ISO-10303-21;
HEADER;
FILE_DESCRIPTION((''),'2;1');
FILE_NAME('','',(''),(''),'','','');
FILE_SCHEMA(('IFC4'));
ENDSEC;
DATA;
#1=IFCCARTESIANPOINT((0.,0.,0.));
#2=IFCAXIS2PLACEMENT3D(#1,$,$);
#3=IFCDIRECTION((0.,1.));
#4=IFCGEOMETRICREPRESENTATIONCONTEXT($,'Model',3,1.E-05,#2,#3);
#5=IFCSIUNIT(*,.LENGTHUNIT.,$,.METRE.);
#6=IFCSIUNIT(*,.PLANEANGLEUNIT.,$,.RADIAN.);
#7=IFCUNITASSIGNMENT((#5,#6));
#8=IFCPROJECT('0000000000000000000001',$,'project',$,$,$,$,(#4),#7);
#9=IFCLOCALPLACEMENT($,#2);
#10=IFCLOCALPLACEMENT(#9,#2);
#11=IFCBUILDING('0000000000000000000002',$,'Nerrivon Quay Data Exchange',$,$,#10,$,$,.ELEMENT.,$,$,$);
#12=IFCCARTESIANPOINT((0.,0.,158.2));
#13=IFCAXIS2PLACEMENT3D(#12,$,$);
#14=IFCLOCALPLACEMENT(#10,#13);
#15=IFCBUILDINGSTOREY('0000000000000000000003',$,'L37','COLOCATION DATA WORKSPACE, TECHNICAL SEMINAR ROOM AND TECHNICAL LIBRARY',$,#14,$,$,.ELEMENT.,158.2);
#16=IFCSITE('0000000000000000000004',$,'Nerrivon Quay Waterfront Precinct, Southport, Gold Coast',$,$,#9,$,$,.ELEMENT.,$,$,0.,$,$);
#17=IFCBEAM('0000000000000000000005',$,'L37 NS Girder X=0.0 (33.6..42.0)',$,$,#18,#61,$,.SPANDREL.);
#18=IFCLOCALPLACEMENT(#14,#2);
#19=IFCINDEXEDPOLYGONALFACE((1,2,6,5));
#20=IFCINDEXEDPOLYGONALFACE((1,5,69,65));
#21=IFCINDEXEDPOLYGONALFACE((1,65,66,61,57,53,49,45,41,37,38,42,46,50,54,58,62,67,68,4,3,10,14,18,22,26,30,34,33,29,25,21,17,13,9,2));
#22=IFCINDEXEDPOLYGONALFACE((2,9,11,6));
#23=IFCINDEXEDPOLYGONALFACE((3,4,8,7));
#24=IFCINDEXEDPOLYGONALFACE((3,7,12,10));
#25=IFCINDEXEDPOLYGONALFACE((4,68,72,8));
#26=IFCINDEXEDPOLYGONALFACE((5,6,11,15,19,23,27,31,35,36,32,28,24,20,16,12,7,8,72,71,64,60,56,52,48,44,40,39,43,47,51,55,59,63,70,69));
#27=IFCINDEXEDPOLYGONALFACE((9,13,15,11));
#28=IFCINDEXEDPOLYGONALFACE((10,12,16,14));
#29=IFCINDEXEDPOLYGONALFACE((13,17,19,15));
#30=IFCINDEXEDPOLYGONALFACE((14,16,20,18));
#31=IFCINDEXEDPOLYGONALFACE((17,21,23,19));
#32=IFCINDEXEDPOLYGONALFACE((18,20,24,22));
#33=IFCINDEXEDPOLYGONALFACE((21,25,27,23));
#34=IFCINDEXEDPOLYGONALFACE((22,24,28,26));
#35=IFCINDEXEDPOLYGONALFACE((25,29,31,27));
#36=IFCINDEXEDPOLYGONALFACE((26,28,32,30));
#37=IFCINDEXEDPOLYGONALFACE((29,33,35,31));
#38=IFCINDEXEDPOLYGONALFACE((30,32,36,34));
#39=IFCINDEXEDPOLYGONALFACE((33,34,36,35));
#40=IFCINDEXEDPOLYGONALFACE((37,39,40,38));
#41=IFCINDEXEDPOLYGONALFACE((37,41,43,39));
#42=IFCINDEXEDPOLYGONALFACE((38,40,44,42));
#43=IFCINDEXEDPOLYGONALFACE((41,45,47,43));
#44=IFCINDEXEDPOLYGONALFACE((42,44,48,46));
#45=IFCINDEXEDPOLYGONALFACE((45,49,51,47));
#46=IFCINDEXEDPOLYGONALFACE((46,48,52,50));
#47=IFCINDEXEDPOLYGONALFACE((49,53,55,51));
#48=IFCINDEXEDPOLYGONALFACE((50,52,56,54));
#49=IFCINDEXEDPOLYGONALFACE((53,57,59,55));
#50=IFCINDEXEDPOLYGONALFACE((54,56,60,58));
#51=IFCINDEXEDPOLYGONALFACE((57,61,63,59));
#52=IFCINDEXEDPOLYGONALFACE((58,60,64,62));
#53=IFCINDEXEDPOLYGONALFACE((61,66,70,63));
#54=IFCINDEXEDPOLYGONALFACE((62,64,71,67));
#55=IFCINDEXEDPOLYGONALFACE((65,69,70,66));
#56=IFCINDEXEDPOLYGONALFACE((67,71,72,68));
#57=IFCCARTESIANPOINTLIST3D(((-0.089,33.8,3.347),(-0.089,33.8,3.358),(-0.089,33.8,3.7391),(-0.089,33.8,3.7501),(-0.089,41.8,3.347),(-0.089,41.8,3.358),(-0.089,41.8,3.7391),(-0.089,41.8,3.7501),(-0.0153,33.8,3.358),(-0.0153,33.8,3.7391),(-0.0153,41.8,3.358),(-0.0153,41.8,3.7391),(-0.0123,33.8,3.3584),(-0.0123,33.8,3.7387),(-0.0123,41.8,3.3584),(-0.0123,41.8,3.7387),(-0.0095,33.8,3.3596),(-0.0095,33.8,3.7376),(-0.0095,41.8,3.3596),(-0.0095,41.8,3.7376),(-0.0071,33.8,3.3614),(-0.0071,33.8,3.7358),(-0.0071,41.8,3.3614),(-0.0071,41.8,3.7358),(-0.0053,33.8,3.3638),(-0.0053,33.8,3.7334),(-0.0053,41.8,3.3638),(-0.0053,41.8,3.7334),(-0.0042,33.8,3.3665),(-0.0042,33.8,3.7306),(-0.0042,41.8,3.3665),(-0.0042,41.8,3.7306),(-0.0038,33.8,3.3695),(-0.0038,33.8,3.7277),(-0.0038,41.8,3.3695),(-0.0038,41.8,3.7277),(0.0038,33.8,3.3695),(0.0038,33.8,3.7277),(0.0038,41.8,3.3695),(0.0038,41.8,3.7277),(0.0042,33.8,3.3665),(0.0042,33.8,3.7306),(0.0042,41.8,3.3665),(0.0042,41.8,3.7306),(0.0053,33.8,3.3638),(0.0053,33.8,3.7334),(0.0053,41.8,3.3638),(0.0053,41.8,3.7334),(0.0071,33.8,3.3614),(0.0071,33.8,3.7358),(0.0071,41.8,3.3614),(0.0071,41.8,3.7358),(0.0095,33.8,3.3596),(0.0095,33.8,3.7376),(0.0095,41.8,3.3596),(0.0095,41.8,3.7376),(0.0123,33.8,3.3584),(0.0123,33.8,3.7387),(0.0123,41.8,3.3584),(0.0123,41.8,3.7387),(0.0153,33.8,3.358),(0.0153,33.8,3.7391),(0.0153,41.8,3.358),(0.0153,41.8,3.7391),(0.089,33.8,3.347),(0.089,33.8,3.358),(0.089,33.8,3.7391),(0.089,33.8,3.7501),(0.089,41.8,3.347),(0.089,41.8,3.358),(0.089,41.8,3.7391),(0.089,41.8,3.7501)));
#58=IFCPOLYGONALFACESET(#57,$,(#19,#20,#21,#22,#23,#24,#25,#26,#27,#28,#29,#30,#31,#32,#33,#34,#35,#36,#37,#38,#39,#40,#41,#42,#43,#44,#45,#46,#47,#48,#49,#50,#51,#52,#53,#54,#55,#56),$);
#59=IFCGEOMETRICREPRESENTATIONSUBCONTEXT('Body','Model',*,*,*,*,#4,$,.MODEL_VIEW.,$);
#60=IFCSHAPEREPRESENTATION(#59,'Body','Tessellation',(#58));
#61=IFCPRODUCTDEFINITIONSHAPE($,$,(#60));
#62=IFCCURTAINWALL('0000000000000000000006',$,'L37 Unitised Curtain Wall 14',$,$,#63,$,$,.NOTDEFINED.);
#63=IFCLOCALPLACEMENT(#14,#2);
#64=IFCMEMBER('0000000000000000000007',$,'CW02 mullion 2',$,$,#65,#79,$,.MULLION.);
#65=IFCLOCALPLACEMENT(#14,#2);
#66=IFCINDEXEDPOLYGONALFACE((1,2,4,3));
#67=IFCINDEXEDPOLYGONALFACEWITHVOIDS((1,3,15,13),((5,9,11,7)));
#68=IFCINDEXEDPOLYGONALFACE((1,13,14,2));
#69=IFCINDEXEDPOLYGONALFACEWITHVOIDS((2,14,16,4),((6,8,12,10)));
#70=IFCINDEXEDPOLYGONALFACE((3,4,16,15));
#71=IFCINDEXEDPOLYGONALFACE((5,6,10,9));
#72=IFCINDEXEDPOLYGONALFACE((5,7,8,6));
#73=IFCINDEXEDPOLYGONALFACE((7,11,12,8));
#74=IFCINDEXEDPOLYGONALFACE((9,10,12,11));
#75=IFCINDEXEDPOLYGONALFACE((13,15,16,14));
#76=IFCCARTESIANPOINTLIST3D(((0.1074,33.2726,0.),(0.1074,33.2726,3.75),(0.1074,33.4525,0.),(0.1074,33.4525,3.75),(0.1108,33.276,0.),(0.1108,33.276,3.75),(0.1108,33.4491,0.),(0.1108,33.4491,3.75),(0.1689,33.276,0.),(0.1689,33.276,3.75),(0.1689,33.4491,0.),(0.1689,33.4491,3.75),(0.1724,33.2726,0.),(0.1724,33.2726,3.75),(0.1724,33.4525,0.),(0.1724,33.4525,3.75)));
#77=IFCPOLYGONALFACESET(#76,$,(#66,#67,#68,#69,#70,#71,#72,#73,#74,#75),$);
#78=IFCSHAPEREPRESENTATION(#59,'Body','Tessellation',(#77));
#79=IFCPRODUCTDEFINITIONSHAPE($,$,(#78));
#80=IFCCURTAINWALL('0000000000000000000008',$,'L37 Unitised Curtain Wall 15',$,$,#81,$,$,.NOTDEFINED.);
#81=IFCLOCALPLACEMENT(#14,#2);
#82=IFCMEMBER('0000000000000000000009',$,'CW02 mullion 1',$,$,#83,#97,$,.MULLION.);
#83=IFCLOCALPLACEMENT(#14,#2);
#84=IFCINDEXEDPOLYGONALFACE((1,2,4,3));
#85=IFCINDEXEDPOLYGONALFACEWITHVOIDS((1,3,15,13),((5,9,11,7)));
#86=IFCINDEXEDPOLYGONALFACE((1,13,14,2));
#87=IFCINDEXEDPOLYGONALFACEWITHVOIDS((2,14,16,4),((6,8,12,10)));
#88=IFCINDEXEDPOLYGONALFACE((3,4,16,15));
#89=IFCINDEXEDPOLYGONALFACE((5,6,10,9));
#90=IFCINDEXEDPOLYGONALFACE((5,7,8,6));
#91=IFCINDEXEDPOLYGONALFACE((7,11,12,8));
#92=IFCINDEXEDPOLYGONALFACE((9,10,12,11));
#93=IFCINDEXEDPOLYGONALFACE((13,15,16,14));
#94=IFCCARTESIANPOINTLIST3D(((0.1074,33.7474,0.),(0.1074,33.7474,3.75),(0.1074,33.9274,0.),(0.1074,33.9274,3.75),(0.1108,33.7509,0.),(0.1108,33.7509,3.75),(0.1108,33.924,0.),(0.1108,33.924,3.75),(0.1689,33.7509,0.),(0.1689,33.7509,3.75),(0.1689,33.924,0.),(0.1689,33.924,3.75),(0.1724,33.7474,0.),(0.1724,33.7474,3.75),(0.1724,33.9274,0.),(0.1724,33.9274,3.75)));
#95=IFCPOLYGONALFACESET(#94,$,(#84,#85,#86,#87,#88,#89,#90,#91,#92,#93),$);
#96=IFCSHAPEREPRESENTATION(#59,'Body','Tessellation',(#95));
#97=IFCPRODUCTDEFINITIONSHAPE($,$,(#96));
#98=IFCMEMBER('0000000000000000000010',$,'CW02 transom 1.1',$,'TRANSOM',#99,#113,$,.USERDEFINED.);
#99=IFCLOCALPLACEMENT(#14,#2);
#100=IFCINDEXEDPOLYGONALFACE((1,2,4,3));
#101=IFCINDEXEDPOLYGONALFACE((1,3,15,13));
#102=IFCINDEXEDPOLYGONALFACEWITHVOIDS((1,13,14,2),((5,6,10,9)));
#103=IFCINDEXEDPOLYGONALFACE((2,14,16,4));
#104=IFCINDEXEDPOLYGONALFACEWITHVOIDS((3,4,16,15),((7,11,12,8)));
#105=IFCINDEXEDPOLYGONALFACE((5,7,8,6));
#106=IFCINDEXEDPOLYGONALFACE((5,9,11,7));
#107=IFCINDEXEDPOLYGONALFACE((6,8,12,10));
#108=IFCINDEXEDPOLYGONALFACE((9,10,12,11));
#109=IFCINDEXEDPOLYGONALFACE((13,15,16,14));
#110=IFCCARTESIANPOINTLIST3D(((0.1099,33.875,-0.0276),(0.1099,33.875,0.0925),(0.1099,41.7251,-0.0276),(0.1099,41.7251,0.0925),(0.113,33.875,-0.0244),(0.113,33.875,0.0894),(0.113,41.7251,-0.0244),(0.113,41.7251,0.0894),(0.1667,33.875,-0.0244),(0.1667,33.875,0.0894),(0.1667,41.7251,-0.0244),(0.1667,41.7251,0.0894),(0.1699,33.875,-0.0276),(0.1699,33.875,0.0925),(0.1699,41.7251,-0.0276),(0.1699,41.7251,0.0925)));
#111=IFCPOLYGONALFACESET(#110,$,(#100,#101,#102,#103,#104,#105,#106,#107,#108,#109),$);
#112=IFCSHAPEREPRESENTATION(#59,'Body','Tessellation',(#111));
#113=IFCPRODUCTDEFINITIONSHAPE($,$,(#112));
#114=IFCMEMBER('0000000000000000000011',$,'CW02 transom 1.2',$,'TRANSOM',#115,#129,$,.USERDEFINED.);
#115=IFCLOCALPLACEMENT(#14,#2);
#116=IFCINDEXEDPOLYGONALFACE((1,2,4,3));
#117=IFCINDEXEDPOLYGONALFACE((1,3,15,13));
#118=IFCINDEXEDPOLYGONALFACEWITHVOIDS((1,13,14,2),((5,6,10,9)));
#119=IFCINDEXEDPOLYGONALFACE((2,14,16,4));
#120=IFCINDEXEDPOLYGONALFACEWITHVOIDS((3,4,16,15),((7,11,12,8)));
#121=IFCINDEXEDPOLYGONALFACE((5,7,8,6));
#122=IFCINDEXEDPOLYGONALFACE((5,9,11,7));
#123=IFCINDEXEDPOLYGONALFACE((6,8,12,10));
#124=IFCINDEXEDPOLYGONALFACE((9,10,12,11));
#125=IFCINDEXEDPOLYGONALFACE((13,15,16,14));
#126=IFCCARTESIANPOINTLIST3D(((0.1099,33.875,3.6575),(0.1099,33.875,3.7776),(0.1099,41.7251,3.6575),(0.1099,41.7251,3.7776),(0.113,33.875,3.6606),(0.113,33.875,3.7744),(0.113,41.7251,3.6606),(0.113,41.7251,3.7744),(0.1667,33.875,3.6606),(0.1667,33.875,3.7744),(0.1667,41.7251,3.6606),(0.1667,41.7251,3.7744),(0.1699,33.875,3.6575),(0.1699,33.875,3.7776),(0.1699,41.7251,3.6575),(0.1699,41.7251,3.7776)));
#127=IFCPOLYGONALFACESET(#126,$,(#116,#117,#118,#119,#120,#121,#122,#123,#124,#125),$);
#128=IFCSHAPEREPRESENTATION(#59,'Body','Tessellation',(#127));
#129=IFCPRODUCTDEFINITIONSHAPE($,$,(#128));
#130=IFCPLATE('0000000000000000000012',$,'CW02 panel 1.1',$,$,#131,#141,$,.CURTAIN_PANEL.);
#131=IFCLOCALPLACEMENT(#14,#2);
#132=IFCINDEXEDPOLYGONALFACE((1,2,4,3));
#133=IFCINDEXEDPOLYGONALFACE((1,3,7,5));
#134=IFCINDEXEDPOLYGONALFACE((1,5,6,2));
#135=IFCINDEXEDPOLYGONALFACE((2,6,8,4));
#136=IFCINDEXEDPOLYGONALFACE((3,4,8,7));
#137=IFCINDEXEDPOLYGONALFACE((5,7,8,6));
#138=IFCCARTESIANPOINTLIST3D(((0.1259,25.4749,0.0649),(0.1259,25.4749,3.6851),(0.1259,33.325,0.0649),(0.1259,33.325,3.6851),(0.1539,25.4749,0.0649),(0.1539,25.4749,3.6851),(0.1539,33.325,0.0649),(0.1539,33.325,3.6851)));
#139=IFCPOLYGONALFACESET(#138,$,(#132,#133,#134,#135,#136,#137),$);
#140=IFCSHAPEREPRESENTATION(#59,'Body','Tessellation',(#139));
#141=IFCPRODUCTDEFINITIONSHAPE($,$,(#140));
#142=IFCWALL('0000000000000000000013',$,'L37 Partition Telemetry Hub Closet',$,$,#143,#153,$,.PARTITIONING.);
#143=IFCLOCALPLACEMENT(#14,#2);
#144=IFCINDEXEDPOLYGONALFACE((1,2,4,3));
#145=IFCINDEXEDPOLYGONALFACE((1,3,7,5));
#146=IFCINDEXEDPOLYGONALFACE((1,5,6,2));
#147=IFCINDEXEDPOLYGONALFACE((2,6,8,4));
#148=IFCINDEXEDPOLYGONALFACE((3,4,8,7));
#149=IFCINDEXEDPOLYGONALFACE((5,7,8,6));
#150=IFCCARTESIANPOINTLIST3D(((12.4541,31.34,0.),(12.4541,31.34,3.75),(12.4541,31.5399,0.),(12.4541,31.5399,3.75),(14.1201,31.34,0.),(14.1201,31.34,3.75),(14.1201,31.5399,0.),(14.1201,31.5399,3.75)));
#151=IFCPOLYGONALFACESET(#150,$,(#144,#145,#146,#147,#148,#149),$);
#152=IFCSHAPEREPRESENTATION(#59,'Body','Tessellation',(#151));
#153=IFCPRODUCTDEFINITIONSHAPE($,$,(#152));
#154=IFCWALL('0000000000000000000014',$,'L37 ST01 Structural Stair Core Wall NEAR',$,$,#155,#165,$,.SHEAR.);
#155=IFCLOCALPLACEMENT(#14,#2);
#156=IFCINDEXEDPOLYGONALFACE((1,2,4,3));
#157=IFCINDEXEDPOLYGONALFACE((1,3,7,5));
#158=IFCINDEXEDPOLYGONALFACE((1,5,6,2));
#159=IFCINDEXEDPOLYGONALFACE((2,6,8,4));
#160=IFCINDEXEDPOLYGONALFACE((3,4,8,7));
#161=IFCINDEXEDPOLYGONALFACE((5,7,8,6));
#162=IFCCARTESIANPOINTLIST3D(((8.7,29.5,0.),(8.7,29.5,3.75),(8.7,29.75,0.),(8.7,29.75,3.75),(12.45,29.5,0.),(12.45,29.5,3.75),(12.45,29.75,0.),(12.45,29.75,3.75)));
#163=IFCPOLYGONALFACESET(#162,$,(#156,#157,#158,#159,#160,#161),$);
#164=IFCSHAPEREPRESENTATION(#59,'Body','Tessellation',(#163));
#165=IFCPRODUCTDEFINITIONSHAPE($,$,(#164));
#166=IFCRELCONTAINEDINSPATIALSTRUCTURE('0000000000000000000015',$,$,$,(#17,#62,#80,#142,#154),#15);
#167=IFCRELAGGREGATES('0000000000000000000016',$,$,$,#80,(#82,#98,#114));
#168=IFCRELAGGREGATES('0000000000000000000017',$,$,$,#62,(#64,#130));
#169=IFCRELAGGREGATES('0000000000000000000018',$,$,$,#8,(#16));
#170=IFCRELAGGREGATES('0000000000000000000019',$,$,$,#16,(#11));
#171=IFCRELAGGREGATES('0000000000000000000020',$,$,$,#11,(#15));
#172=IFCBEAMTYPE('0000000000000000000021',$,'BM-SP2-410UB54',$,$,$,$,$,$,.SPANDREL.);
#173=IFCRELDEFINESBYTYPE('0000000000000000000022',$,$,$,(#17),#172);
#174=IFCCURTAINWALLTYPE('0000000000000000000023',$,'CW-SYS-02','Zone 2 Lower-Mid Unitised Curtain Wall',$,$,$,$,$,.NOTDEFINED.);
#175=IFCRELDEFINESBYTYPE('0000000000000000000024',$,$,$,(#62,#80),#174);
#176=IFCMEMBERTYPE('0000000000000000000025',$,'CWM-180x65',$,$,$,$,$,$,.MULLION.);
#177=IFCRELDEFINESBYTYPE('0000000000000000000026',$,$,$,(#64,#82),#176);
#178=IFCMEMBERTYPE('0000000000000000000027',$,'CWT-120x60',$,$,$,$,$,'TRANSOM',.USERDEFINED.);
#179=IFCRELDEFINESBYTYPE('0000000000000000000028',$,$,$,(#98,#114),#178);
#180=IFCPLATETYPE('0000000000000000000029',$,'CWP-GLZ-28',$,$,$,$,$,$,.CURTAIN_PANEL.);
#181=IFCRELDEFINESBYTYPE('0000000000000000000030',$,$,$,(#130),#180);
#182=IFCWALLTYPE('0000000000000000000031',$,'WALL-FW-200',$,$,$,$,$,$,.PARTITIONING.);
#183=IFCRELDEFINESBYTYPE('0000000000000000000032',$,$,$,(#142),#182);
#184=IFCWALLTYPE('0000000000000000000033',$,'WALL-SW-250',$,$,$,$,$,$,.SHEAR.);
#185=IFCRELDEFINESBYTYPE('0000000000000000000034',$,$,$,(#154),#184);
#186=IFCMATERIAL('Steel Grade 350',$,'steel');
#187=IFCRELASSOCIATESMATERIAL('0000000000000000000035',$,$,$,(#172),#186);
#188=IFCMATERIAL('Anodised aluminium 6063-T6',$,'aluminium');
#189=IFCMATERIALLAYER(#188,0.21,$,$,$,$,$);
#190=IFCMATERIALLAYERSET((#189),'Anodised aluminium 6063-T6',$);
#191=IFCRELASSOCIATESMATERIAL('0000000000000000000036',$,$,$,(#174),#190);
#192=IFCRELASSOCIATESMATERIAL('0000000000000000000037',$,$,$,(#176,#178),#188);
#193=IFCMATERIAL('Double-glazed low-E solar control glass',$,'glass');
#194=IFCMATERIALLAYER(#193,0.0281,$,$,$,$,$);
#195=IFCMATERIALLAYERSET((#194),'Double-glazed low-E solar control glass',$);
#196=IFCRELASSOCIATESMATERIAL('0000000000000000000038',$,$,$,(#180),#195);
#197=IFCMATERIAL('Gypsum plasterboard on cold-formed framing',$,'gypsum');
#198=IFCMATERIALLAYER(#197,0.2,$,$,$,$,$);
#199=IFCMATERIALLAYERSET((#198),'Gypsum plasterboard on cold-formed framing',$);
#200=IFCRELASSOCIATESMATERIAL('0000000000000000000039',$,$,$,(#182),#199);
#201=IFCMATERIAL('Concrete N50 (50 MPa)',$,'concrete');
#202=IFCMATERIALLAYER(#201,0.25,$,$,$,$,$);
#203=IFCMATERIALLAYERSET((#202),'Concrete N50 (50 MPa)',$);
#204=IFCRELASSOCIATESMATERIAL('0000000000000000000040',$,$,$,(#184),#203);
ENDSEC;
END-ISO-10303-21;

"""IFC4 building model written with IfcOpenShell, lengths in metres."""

from ifc_helpers import new_model, si_unit, direction, frame, frame_2d, origin, origin_2d, place, context, subcontext, project, spatial, rectangle, hollow_rectangle, i_section, extrude, material, layer, layer_set, material_profile, profile_set, type_object, element, aggregate, save


model = new_model("IFC4")

# Units and contexts
model_context = context("Model", 3, precision=1e-05, world=origin(), true_north=direction((0.0, 1.0)))
body_context = subcontext(model_context, "Body", "Model", "MODEL_VIEW")
ifc_project = project(units=[si_unit("LENGTHUNIT", "METRE"), si_unit("PLANEANGLEUNIT", "RADIAN")], contexts=[model_context])

# Site, building, storey
site_placement = place(None, origin())
site = spatial("IfcSite", under=ifc_project, at=site_placement, Name="Nerrivon Quay Waterfront Precinct, Southport, Gold Coast", CompositionType="ELEMENT", RefElevation=0.0)
building_placement = place(site_placement, origin())
building = spatial("IfcBuilding", under=site, at=building_placement, Name="Nerrivon Quay Data Exchange", CompositionType="ELEMENT")
storey_placement = place(building_placement, frame((0.0, 0.0, 158.2)))
storey = spatial("IfcBuildingStorey", under=building, at=storey_placement, Name="L37", Description="COLOCATION DATA WORKSPACE, TECHNICAL SEMINAR ROOM AND TECHNICAL LIBRARY", CompositionType="ELEMENT", Elevation=158.2)

# Shared definitions
ifc_material_1 = material(Name="Steel Grade 350", Category="steel")

# Beam
ifc_material_profile_1 = material_profile(ifc_material_1, i_section(OverallWidth=0.178, OverallDepth=0.4031, WebThickness=0.0076, FlangeThickness=0.011, FilletRadius=0.0115, at=origin_2d()), Name="410UB53.7")
ifc_profile_set_1 = profile_set([ifc_material_profile_1], Name="Steel Grade 350")
beam_type_1 = type_object("IfcBeamType", Name="BM-SP2-410UB54", PredefinedType="SPANDREL", material=ifc_profile_set_1)
beam_1_placement = place(storey_placement, frame((0.0, 33.8, 3.5486), z_axis=(0.0, 1.0, 0.0), x_axis=(-1.0, 0.0, 0.0)))
element("IfcBeam", 1, at=beam_1_placement, inside=storey, type_object=beam_type_1, Name="L37 NS Girder X=0.0 (33.6..42.0)", PredefinedType="SPANDREL", context=body_context, shape_type="SweptSolid", body=[
    extrude(i_section(OverallWidth=0.178, OverallDepth=0.4031, WebThickness=0.0076, FlangeThickness=0.011, FilletRadius=0.0115, at=origin_2d()), origin(), (0.0, 0.0, 1.0), 8.0),
])

# Curtain wall, member
ifc_material_2 = material(Name="Anodised aluminium 6063-T6", Category="aluminium")
ifc_layer_1 = layer(ifc_material_2, 0.21)
ifc_layer_set_1 = layer_set([ifc_layer_1], Name="Anodised aluminium 6063-T6")
curtain_wall_type = type_object("IfcCurtainWallType", Name="CW-SYS-02", Description="Zone 2 Lower-Mid Unitised Curtain Wall", PredefinedType="NOTDEFINED", material=ifc_layer_set_1)
curtain_wall_1_placement = place(storey_placement, origin())
curtain_wall_1 = element("IfcCurtainWall", 2, at=curtain_wall_1_placement, inside=storey, type_object=curtain_wall_type, Name="L37 Unitised Curtain Wall 14", PredefinedType="NOTDEFINED")
ifc_material_profile_2 = material_profile(ifc_material_2, hollow_rectangle(XDim=0.0649, YDim=0.1799, WallThickness=0.0034, at=origin_2d()), Name="ALU-MULL-180x65")
ifc_profile_set_2 = profile_set([ifc_material_profile_2], Name="Anodised aluminium 6063-T6")
member_type_1 = type_object("IfcMemberType", Name="CWM-180x65", PredefinedType="MULLION", material=ifc_profile_set_2)
member_1_placement = place(storey_placement, frame((0.1399, 33.3625, 0.0), z_axis=(0.0, 0.0, 1.0), x_axis=(-1.0, 0.0, 0.0)))
member_1 = element("IfcMember", 3, at=member_1_placement, type_object=member_type_1, Name="CW02 mullion 2", PredefinedType="MULLION", context=body_context, shape_type="SweptSolid", body=[
    extrude(hollow_rectangle(XDim=0.0649, YDim=0.1799, WallThickness=0.0034, at=origin_2d()), origin(), (0.0, 0.0, 1.0), 3.75),
])

# Curtain wall, members
curtain_wall_2_placement = place(storey_placement, origin())
curtain_wall_2 = element("IfcCurtainWall", 4, at=curtain_wall_2_placement, inside=storey, type_object=curtain_wall_type, Name="L37 Unitised Curtain Wall 15", PredefinedType="NOTDEFINED")
member_2_placement = place(storey_placement, frame((0.1399, 33.8374, 0.0), z_axis=(0.0, 0.0, 1.0), x_axis=(-1.0, 0.0, 0.0)))
member_2 = element("IfcMember", 5, at=member_2_placement, type_object=member_type_1, Name="CW02 mullion 1", PredefinedType="MULLION", context=body_context, shape_type="SweptSolid", body=[
    extrude(hollow_rectangle(XDim=0.0649, YDim=0.1799, WallThickness=0.0034, at=origin_2d()), origin(), (0.0, 0.0, 1.0), 3.75),
])
ifc_material_profile_3 = material_profile(ifc_material_2, hollow_rectangle(XDim=0.0601, YDim=0.1201, WallThickness=0.0032, at=origin_2d()), Name="ALU-TRAN-120x60")
ifc_profile_set_3 = profile_set([ifc_material_profile_3], Name="Anodised aluminium 6063-T6")
member_type_2 = type_object("IfcMemberType", Name="CWT-120x60", ElementType="TRANSOM", PredefinedType="USERDEFINED", material=ifc_profile_set_3)
member_3_placement = place(storey_placement, frame((0.1399, 33.875, 0.0325), z_axis=(0.0, 1.0, 0.0), x_axis=(-1.0, 0.0, 0.0)))
member_3 = element("IfcMember", 6, at=member_3_placement, type_object=member_type_2, Name="CW02 transom 1.1", ObjectType="TRANSOM", PredefinedType="USERDEFINED", context=body_context, shape_type="SweptSolid", body=[
    extrude(hollow_rectangle(XDim=0.0601, YDim=0.1201, WallThickness=0.0032, at=origin_2d()), origin(), (0.0, 0.0, 1.0), 7.8501),
])
member_4_placement = place(storey_placement, frame((0.1399, 33.875, 3.7175), z_axis=(0.0, 1.0, 0.0), x_axis=(-1.0, 0.0, 0.0)))
member_4 = element("IfcMember", 7, at=member_4_placement, type_object=member_type_2, Name="CW02 transom 1.2", ObjectType="TRANSOM", PredefinedType="USERDEFINED", context=body_context, shape_type="SweptSolid", body=[
    extrude(hollow_rectangle(XDim=0.0601, YDim=0.1201, WallThickness=0.0032, at=origin_2d()), origin(), (0.0, 0.0, 1.0), 7.8501),
])
aggregate(curtain_wall_2, [member_2, member_3, member_4])

# Plate
ifc_material_3 = material(Name="Double-glazed low-E solar control glass", Category="glass")
ifc_layer_2 = layer(ifc_material_3, 0.0281)
ifc_layer_set_2 = layer_set([ifc_layer_2], Name="Double-glazed low-E solar control glass")
plate_type = type_object("IfcPlateType", Name="CWP-GLZ-28", PredefinedType="CURTAIN_PANEL", material=ifc_layer_set_2)
plate_placement = place(storey_placement, frame((0.1399, 29.3999, 0.0649), z_axis=(0.0, 0.0, 1.0), x_axis=(0.0, 1.0, 0.0)))
plate = element("IfcPlate", 8, at=plate_placement, type_object=plate_type, Name="CW02 panel 1.1", PredefinedType="CURTAIN_PANEL", context=body_context, shape_type="SweptSolid", body=[
    extrude(rectangle(XDim=7.8501, YDim=0.0281, at=origin_2d()), origin(), (0.0, 0.0, 1.0), 3.6201),
])
aggregate(curtain_wall_1, [member_1, plate])

# Walls
ifc_material_4 = material(Name="Gypsum plasterboard on cold-formed framing", Category="gypsum")
ifc_layer_3 = layer(ifc_material_4, 0.2)
ifc_layer_set_3 = layer_set([ifc_layer_3], Name="Gypsum plasterboard on cold-formed framing")
wall_type_1 = type_object("IfcWallType", Name="WALL-FW-200", PredefinedType="PARTITIONING", material=ifc_layer_set_3)
wall_1_placement = place(storey_placement, frame((12.4541, 31.4399, 0.0), z_axis=(0.0, 0.0, 1.0), x_axis=(1.0, 0.0, 0.0)))
element("IfcWall", 9, at=wall_1_placement, inside=storey, type_object=wall_type_1, Name="L37 Partition Telemetry Hub Closet", PredefinedType="PARTITIONING", context=body_context, shape_type="SweptSolid", body=[
    extrude(rectangle(XDim=1.666, YDim=0.2, at=frame_2d((0.833, 0.0))), origin(), (0.0, 0.0, 1.0), 3.75),
])
ifc_material_5 = material(Name="Concrete N50 (50 MPa)", Category="concrete")
ifc_layer_4 = layer(ifc_material_5, 0.25)
ifc_layer_set_4 = layer_set([ifc_layer_4], Name="Concrete N50 (50 MPa)")
wall_type_2 = type_object("IfcWallType", Name="WALL-SW-250", PredefinedType="SHEAR", material=ifc_layer_set_4)
wall_2_placement = place(storey_placement, frame((12.45, 29.625, 0.0), z_axis=(0.0, 0.0, 1.0), x_axis=(-1.0, 0.0, 0.0)))
element("IfcWall", 10, at=wall_2_placement, inside=storey, type_object=wall_type_2, Name="L37 ST01 Structural Stair Core Wall NEAR", PredefinedType="SHEAR", context=body_context, shape_type="SweptSolid", body=[
    extrude(rectangle(XDim=3.75, YDim=0.25, at=frame_2d((1.875, 0.0))), origin(), (0.0, 0.0, 1.0), 3.75),
])

save(model, "model.ifc")
